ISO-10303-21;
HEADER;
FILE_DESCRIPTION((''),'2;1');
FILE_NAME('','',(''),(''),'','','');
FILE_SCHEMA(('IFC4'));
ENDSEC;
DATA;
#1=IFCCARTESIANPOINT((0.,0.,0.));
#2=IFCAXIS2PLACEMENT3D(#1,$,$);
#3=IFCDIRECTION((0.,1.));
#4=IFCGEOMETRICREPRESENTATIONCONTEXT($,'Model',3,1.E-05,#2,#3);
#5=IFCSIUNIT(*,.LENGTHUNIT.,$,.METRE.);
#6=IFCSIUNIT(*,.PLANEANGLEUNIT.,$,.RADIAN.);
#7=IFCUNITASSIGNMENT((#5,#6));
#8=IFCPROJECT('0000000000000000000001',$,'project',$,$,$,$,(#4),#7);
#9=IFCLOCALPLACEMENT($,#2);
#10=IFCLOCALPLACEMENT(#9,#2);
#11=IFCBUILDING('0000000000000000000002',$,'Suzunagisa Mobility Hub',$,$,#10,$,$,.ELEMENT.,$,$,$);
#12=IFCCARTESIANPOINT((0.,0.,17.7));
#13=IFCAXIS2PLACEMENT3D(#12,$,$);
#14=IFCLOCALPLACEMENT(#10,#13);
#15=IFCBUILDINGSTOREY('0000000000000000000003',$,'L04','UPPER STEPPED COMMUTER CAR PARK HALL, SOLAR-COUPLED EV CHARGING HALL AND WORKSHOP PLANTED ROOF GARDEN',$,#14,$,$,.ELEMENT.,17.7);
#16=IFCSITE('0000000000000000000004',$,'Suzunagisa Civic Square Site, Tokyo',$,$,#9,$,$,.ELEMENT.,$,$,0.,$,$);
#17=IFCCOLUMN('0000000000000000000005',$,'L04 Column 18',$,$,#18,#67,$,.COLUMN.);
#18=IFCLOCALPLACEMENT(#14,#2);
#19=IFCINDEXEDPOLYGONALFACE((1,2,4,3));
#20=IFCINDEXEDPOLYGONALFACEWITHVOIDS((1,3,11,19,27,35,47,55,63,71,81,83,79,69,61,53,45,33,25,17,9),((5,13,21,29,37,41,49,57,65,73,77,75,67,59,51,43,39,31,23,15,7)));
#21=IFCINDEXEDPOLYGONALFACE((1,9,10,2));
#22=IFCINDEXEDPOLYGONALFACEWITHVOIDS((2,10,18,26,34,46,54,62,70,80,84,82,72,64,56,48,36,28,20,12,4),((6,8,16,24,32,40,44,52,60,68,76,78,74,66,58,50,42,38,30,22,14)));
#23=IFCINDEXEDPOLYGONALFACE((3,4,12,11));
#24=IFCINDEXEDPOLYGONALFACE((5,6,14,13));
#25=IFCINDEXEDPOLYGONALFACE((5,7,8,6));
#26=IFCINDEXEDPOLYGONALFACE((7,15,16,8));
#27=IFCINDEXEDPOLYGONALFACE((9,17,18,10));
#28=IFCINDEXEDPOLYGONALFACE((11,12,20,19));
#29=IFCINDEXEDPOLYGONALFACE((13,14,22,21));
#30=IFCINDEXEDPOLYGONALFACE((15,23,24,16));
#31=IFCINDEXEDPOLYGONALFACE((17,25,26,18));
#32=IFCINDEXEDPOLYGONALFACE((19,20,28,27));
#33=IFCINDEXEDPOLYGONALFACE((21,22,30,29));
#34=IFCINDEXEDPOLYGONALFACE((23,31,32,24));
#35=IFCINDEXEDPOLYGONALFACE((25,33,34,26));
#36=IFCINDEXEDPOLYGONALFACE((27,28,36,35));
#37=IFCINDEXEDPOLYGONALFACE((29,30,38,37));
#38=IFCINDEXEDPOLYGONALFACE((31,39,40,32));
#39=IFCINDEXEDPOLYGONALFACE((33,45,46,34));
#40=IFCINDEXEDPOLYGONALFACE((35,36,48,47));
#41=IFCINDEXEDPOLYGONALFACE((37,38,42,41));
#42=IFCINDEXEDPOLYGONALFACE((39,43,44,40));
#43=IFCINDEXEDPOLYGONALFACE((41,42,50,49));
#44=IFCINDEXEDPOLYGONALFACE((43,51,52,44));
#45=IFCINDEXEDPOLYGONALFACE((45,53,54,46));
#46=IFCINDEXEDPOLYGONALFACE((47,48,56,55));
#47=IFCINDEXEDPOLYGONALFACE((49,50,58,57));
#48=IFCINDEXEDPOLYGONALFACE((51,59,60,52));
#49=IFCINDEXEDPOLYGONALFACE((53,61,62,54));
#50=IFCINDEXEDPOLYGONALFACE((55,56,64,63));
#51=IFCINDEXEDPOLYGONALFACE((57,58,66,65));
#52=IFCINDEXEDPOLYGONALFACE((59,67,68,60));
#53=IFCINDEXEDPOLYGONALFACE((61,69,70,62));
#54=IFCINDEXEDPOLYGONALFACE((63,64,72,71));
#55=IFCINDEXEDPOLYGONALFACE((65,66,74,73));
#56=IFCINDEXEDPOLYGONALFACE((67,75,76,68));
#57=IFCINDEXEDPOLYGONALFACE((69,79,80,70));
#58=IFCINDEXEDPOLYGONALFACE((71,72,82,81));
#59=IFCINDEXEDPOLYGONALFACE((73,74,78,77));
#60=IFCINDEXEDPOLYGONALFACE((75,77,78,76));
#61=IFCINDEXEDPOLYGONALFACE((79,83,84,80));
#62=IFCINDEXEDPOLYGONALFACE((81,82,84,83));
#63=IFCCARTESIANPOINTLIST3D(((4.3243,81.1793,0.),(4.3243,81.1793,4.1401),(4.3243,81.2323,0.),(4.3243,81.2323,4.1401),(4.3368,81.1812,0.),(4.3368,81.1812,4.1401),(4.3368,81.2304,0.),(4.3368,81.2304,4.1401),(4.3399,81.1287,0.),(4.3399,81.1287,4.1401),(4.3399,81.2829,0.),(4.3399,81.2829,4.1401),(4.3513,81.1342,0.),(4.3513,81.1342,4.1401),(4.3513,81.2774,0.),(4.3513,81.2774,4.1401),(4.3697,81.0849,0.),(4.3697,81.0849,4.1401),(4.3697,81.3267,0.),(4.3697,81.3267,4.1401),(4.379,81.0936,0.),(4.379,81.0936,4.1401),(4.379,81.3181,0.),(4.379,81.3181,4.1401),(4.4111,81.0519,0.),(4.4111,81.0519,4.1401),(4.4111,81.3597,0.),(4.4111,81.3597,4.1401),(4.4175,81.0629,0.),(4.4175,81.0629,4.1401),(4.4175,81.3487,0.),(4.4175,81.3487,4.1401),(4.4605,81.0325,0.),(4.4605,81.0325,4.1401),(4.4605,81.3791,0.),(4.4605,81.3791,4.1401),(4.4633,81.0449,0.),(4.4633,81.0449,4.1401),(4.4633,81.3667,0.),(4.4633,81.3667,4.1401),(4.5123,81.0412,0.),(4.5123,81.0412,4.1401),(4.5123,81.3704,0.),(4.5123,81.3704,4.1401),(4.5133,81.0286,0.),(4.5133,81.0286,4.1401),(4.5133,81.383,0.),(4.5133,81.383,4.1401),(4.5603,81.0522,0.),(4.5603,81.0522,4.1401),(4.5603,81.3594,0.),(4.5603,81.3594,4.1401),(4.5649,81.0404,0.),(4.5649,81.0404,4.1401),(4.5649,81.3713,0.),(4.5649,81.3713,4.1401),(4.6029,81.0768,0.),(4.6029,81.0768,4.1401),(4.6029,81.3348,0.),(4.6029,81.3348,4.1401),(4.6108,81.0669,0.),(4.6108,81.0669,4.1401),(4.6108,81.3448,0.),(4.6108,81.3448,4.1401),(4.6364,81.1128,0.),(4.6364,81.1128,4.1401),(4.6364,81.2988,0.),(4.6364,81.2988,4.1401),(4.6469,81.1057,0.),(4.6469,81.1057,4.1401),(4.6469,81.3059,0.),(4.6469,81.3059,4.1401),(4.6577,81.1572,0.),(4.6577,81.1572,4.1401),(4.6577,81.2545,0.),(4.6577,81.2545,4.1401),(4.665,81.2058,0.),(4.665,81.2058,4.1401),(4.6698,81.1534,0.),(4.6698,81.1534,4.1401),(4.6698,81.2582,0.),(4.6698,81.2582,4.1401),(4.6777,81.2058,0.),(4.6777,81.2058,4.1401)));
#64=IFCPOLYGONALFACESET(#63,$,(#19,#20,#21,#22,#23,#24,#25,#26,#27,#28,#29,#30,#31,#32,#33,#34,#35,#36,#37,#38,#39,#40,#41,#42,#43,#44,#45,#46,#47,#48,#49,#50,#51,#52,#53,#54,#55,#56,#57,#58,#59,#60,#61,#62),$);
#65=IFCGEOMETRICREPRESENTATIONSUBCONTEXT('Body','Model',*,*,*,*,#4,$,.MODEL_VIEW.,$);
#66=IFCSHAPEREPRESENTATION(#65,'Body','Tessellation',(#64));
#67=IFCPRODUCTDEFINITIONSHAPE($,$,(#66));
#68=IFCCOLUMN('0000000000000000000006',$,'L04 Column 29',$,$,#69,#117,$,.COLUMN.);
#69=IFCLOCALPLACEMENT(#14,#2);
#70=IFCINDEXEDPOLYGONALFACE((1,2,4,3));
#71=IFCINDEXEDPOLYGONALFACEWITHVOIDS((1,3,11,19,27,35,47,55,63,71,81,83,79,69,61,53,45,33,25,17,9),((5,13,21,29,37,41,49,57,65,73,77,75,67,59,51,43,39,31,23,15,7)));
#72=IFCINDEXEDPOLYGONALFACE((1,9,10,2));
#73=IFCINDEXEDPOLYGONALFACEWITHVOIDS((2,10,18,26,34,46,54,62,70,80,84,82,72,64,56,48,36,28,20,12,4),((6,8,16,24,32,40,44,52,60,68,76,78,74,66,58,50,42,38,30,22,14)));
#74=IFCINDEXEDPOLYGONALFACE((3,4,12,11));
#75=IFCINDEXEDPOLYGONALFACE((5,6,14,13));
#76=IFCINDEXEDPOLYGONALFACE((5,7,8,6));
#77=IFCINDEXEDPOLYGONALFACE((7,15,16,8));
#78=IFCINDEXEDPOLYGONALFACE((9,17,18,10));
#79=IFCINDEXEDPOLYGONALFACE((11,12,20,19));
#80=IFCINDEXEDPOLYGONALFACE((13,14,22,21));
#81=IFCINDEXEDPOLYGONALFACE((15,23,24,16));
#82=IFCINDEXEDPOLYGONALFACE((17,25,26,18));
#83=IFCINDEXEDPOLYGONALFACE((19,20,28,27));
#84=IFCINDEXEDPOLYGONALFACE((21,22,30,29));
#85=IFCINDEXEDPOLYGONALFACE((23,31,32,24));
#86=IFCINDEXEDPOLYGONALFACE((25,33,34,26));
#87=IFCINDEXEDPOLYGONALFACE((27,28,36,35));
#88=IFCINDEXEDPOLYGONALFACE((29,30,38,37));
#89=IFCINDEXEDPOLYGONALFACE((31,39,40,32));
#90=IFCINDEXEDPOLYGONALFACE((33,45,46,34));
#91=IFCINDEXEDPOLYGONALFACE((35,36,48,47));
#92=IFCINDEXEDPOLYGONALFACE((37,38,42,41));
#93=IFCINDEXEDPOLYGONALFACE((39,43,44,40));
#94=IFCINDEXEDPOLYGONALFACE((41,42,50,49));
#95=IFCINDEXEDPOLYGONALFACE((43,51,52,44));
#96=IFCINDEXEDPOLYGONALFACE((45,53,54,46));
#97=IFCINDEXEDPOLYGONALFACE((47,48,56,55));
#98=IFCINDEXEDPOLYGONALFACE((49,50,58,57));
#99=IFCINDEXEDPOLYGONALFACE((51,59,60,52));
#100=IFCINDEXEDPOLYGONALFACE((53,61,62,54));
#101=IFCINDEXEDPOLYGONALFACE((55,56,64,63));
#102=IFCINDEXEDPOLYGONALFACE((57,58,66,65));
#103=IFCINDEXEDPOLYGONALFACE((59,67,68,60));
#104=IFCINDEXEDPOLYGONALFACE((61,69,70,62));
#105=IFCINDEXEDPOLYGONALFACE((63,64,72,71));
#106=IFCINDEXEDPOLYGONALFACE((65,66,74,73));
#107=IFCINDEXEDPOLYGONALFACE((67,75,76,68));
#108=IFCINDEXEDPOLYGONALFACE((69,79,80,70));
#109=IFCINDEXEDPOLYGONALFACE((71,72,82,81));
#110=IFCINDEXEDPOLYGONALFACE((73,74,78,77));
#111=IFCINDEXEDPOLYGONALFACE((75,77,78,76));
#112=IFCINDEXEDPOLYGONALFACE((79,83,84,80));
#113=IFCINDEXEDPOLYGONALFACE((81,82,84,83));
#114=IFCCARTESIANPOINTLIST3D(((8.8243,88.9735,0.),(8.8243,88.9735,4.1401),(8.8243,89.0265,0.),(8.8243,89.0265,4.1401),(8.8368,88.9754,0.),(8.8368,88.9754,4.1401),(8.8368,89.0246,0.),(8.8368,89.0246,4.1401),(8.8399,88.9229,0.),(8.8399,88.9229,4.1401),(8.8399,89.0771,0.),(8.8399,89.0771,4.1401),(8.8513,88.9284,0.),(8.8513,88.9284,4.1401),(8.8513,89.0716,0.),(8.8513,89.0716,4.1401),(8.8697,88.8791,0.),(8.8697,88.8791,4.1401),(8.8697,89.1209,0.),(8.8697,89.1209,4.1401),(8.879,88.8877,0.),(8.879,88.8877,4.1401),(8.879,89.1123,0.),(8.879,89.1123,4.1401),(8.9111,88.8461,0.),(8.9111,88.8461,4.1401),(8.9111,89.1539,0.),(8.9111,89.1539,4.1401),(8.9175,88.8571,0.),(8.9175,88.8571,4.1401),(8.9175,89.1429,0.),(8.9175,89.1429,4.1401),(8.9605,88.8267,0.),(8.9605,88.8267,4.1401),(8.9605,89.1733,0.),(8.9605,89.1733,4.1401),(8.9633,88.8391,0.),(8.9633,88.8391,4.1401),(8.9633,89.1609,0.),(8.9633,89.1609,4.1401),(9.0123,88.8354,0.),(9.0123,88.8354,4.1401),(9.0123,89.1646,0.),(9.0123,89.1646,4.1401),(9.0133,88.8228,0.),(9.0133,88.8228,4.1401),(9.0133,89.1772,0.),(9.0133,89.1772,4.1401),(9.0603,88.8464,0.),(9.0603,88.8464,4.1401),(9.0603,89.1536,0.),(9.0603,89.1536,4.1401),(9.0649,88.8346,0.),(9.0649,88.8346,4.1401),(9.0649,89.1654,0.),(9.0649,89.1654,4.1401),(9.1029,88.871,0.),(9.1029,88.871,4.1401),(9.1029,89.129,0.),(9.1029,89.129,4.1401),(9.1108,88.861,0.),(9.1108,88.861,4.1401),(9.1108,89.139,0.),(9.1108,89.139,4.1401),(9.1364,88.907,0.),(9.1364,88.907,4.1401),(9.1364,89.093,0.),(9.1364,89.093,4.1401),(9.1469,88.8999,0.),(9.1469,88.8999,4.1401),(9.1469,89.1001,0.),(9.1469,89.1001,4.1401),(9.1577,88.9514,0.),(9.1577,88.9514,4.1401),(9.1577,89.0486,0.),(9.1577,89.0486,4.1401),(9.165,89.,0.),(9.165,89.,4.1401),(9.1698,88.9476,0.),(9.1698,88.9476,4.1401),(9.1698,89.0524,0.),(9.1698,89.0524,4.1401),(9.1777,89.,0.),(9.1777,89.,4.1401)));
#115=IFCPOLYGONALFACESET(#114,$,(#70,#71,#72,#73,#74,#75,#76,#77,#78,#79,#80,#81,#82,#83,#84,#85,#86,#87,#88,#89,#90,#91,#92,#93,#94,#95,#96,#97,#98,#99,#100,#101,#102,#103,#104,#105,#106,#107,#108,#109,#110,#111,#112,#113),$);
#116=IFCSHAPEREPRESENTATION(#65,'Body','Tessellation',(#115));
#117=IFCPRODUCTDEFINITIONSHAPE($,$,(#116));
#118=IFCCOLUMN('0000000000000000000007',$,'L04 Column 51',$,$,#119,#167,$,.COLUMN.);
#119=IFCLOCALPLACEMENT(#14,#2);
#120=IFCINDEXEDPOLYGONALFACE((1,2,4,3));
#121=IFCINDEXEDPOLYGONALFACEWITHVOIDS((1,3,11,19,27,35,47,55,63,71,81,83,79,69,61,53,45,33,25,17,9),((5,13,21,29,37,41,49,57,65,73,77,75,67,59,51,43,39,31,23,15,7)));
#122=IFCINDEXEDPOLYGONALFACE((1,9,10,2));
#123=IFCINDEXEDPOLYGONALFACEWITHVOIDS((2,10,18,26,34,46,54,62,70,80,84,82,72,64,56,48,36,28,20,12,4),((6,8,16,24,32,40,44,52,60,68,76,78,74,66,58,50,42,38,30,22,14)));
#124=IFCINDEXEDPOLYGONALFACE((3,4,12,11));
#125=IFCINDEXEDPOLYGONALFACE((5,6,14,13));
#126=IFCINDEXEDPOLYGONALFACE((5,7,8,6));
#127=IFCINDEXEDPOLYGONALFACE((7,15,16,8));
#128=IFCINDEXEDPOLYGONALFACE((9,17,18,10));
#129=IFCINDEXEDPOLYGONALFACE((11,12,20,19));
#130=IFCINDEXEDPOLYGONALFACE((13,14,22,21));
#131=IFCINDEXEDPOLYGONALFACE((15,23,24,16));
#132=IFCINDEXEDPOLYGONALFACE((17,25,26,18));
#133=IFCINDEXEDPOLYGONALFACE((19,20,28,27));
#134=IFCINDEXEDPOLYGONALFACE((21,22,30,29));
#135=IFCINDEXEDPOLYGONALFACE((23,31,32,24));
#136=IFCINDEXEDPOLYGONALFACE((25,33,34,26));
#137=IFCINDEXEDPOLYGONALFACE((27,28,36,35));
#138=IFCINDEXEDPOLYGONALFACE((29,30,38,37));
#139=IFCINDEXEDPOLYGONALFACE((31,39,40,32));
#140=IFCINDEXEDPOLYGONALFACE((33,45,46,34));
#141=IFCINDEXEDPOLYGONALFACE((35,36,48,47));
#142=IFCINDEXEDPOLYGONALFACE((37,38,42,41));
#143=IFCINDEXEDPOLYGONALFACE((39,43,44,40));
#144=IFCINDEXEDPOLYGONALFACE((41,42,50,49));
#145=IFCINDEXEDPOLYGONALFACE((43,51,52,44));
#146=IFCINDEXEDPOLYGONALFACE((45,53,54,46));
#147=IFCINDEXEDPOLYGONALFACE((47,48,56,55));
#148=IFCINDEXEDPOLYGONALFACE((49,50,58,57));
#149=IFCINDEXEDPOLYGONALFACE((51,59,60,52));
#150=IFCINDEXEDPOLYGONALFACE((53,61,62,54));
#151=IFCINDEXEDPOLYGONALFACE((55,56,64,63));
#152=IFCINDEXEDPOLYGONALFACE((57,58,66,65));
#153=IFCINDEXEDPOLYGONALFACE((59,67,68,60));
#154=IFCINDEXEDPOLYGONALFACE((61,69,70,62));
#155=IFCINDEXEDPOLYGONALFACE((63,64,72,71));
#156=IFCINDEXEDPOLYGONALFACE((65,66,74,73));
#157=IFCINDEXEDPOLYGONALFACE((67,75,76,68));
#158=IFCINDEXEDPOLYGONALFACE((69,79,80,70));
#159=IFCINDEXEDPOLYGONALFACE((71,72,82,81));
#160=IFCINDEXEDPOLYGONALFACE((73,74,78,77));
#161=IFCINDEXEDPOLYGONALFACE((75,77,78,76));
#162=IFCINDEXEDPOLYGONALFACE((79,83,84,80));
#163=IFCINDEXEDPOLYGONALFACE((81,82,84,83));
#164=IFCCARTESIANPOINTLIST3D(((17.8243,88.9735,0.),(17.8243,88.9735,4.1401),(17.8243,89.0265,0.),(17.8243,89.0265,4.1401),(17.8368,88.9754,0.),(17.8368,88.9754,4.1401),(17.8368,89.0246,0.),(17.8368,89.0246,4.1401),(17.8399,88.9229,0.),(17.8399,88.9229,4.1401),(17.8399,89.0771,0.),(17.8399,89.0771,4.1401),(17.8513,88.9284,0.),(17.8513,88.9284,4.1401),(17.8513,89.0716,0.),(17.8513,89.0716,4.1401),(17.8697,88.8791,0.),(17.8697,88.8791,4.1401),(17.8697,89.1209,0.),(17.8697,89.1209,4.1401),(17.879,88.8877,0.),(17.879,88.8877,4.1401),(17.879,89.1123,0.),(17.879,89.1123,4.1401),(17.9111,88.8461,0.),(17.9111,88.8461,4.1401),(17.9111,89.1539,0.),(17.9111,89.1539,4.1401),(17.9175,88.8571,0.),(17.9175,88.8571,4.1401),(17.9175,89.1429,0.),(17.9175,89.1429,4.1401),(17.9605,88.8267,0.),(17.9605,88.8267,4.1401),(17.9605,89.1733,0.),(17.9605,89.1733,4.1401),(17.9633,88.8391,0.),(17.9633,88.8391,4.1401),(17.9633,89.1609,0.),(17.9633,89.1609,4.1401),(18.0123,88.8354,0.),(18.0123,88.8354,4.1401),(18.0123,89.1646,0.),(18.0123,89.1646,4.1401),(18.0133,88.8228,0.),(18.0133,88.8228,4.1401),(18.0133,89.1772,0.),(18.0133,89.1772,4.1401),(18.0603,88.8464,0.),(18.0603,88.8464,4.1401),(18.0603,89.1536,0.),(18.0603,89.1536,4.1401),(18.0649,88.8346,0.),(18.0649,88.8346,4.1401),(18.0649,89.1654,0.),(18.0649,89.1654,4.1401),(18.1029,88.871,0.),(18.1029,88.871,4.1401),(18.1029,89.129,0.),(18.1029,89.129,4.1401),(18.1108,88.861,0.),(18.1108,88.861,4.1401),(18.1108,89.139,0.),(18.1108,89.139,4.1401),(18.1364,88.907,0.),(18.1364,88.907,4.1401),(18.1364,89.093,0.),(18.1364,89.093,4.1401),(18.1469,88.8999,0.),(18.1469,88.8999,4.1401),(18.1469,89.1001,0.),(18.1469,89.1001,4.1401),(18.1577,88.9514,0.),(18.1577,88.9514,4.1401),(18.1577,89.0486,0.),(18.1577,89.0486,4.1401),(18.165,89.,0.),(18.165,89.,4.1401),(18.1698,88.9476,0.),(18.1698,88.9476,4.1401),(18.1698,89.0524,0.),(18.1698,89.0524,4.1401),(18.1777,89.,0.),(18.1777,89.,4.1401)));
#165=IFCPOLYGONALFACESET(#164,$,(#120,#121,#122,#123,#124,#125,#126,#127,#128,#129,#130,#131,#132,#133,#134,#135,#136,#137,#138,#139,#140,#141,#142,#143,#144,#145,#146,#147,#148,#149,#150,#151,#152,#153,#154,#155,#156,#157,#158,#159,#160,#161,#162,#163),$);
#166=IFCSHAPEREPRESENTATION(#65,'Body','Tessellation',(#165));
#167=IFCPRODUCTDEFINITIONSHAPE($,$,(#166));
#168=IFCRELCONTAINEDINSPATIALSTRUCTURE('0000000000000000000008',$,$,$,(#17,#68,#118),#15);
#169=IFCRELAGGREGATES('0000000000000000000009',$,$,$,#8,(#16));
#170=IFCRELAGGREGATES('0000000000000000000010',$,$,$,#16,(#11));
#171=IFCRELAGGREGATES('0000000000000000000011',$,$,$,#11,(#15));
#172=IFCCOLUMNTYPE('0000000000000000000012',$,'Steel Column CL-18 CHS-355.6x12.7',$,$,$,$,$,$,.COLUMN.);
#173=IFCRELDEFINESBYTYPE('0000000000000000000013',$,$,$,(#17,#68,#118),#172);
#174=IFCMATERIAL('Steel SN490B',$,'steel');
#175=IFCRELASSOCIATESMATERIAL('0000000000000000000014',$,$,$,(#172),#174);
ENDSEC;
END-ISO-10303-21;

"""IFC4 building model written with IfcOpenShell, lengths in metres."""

from ifc_helpers import new_model, si_unit, direction, frame, origin, origin_2d, place, context, subcontext, project, spatial, hollow_circle, extrude, material, material_profile, profile_set, type_object, element, save


model = new_model("IFC4")

# Units and contexts
model_context = context("Model", 3, precision=1e-05, world=origin(), true_north=direction((0.0, 1.0)))
body_context = subcontext(model_context, "Body", "Model", "MODEL_VIEW")
ifc_project = project(units=[si_unit("LENGTHUNIT", "METRE"), si_unit("PLANEANGLEUNIT", "RADIAN")], contexts=[model_context])

# Site, building, storey
site_placement = place(None, origin())
site = spatial("IfcSite", under=ifc_project, at=site_placement, Name="Suzunagisa Civic Square Site, Tokyo", CompositionType="ELEMENT", RefElevation=0.0)
building_placement = place(site_placement, origin())
building = spatial("IfcBuilding", under=site, at=building_placement, Name="Suzunagisa Mobility Hub", CompositionType="ELEMENT")
storey_placement = place(building_placement, frame((0.0, 0.0, 17.7)))
storey = spatial("IfcBuildingStorey", under=building, at=storey_placement, Name="L04", Description="UPPER STEPPED COMMUTER CAR PARK HALL, SOLAR-COUPLED EV CHARGING HALL AND WORKSHOP PLANTED ROOF GARDEN", CompositionType="ELEMENT", Elevation=17.7)

# Columns
ifc_material_1 = material(Name="Steel SN490B", Category="steel")
ifc_material_profile_1 = material_profile(ifc_material_1, hollow_circle(Radius=0.1777, WallThickness=0.0127, at=origin_2d()), Name="CHS-355.6x12.7")
ifc_profile_set_1 = profile_set([ifc_material_profile_1], Name="Steel SN490B")
column_type = type_object("IfcColumnType", Name="Steel Column CL-18 CHS-355.6x12.7", PredefinedType="COLUMN", material=ifc_profile_set_1)
for number, where, z_axis, x_axis, name in (
    (1, (4.5, 81.2058, 0.0), (0.0, 0.0, 1.0), (1.0, 0.0, 0.0), "L04 Column 18"),
    (2, (9.0, 89.0, 0.0), (0.0, 0.0, 1.0), (1.0, 0.0, 0.0), "L04 Column 29"),
    (3, (18.0, 89.0, 0.0), (0.0, 0.0, 1.0), (1.0, 0.0, 0.0), "L04 Column 51"),
):
    element("IfcColumn", number, at=place(storey_placement, frame(where, z_axis=z_axis, x_axis=x_axis)), inside=storey, type_object=column_type, Name=name, PredefinedType="COLUMN", context=body_context, shape_type="SweptSolid", body=[
        extrude(hollow_circle(Radius=0.1777, WallThickness=0.0127, at=origin_2d()), origin(), (0.0, 0.0, 1.0), 4.1401),
    ])

save(model, "model.ifc")
